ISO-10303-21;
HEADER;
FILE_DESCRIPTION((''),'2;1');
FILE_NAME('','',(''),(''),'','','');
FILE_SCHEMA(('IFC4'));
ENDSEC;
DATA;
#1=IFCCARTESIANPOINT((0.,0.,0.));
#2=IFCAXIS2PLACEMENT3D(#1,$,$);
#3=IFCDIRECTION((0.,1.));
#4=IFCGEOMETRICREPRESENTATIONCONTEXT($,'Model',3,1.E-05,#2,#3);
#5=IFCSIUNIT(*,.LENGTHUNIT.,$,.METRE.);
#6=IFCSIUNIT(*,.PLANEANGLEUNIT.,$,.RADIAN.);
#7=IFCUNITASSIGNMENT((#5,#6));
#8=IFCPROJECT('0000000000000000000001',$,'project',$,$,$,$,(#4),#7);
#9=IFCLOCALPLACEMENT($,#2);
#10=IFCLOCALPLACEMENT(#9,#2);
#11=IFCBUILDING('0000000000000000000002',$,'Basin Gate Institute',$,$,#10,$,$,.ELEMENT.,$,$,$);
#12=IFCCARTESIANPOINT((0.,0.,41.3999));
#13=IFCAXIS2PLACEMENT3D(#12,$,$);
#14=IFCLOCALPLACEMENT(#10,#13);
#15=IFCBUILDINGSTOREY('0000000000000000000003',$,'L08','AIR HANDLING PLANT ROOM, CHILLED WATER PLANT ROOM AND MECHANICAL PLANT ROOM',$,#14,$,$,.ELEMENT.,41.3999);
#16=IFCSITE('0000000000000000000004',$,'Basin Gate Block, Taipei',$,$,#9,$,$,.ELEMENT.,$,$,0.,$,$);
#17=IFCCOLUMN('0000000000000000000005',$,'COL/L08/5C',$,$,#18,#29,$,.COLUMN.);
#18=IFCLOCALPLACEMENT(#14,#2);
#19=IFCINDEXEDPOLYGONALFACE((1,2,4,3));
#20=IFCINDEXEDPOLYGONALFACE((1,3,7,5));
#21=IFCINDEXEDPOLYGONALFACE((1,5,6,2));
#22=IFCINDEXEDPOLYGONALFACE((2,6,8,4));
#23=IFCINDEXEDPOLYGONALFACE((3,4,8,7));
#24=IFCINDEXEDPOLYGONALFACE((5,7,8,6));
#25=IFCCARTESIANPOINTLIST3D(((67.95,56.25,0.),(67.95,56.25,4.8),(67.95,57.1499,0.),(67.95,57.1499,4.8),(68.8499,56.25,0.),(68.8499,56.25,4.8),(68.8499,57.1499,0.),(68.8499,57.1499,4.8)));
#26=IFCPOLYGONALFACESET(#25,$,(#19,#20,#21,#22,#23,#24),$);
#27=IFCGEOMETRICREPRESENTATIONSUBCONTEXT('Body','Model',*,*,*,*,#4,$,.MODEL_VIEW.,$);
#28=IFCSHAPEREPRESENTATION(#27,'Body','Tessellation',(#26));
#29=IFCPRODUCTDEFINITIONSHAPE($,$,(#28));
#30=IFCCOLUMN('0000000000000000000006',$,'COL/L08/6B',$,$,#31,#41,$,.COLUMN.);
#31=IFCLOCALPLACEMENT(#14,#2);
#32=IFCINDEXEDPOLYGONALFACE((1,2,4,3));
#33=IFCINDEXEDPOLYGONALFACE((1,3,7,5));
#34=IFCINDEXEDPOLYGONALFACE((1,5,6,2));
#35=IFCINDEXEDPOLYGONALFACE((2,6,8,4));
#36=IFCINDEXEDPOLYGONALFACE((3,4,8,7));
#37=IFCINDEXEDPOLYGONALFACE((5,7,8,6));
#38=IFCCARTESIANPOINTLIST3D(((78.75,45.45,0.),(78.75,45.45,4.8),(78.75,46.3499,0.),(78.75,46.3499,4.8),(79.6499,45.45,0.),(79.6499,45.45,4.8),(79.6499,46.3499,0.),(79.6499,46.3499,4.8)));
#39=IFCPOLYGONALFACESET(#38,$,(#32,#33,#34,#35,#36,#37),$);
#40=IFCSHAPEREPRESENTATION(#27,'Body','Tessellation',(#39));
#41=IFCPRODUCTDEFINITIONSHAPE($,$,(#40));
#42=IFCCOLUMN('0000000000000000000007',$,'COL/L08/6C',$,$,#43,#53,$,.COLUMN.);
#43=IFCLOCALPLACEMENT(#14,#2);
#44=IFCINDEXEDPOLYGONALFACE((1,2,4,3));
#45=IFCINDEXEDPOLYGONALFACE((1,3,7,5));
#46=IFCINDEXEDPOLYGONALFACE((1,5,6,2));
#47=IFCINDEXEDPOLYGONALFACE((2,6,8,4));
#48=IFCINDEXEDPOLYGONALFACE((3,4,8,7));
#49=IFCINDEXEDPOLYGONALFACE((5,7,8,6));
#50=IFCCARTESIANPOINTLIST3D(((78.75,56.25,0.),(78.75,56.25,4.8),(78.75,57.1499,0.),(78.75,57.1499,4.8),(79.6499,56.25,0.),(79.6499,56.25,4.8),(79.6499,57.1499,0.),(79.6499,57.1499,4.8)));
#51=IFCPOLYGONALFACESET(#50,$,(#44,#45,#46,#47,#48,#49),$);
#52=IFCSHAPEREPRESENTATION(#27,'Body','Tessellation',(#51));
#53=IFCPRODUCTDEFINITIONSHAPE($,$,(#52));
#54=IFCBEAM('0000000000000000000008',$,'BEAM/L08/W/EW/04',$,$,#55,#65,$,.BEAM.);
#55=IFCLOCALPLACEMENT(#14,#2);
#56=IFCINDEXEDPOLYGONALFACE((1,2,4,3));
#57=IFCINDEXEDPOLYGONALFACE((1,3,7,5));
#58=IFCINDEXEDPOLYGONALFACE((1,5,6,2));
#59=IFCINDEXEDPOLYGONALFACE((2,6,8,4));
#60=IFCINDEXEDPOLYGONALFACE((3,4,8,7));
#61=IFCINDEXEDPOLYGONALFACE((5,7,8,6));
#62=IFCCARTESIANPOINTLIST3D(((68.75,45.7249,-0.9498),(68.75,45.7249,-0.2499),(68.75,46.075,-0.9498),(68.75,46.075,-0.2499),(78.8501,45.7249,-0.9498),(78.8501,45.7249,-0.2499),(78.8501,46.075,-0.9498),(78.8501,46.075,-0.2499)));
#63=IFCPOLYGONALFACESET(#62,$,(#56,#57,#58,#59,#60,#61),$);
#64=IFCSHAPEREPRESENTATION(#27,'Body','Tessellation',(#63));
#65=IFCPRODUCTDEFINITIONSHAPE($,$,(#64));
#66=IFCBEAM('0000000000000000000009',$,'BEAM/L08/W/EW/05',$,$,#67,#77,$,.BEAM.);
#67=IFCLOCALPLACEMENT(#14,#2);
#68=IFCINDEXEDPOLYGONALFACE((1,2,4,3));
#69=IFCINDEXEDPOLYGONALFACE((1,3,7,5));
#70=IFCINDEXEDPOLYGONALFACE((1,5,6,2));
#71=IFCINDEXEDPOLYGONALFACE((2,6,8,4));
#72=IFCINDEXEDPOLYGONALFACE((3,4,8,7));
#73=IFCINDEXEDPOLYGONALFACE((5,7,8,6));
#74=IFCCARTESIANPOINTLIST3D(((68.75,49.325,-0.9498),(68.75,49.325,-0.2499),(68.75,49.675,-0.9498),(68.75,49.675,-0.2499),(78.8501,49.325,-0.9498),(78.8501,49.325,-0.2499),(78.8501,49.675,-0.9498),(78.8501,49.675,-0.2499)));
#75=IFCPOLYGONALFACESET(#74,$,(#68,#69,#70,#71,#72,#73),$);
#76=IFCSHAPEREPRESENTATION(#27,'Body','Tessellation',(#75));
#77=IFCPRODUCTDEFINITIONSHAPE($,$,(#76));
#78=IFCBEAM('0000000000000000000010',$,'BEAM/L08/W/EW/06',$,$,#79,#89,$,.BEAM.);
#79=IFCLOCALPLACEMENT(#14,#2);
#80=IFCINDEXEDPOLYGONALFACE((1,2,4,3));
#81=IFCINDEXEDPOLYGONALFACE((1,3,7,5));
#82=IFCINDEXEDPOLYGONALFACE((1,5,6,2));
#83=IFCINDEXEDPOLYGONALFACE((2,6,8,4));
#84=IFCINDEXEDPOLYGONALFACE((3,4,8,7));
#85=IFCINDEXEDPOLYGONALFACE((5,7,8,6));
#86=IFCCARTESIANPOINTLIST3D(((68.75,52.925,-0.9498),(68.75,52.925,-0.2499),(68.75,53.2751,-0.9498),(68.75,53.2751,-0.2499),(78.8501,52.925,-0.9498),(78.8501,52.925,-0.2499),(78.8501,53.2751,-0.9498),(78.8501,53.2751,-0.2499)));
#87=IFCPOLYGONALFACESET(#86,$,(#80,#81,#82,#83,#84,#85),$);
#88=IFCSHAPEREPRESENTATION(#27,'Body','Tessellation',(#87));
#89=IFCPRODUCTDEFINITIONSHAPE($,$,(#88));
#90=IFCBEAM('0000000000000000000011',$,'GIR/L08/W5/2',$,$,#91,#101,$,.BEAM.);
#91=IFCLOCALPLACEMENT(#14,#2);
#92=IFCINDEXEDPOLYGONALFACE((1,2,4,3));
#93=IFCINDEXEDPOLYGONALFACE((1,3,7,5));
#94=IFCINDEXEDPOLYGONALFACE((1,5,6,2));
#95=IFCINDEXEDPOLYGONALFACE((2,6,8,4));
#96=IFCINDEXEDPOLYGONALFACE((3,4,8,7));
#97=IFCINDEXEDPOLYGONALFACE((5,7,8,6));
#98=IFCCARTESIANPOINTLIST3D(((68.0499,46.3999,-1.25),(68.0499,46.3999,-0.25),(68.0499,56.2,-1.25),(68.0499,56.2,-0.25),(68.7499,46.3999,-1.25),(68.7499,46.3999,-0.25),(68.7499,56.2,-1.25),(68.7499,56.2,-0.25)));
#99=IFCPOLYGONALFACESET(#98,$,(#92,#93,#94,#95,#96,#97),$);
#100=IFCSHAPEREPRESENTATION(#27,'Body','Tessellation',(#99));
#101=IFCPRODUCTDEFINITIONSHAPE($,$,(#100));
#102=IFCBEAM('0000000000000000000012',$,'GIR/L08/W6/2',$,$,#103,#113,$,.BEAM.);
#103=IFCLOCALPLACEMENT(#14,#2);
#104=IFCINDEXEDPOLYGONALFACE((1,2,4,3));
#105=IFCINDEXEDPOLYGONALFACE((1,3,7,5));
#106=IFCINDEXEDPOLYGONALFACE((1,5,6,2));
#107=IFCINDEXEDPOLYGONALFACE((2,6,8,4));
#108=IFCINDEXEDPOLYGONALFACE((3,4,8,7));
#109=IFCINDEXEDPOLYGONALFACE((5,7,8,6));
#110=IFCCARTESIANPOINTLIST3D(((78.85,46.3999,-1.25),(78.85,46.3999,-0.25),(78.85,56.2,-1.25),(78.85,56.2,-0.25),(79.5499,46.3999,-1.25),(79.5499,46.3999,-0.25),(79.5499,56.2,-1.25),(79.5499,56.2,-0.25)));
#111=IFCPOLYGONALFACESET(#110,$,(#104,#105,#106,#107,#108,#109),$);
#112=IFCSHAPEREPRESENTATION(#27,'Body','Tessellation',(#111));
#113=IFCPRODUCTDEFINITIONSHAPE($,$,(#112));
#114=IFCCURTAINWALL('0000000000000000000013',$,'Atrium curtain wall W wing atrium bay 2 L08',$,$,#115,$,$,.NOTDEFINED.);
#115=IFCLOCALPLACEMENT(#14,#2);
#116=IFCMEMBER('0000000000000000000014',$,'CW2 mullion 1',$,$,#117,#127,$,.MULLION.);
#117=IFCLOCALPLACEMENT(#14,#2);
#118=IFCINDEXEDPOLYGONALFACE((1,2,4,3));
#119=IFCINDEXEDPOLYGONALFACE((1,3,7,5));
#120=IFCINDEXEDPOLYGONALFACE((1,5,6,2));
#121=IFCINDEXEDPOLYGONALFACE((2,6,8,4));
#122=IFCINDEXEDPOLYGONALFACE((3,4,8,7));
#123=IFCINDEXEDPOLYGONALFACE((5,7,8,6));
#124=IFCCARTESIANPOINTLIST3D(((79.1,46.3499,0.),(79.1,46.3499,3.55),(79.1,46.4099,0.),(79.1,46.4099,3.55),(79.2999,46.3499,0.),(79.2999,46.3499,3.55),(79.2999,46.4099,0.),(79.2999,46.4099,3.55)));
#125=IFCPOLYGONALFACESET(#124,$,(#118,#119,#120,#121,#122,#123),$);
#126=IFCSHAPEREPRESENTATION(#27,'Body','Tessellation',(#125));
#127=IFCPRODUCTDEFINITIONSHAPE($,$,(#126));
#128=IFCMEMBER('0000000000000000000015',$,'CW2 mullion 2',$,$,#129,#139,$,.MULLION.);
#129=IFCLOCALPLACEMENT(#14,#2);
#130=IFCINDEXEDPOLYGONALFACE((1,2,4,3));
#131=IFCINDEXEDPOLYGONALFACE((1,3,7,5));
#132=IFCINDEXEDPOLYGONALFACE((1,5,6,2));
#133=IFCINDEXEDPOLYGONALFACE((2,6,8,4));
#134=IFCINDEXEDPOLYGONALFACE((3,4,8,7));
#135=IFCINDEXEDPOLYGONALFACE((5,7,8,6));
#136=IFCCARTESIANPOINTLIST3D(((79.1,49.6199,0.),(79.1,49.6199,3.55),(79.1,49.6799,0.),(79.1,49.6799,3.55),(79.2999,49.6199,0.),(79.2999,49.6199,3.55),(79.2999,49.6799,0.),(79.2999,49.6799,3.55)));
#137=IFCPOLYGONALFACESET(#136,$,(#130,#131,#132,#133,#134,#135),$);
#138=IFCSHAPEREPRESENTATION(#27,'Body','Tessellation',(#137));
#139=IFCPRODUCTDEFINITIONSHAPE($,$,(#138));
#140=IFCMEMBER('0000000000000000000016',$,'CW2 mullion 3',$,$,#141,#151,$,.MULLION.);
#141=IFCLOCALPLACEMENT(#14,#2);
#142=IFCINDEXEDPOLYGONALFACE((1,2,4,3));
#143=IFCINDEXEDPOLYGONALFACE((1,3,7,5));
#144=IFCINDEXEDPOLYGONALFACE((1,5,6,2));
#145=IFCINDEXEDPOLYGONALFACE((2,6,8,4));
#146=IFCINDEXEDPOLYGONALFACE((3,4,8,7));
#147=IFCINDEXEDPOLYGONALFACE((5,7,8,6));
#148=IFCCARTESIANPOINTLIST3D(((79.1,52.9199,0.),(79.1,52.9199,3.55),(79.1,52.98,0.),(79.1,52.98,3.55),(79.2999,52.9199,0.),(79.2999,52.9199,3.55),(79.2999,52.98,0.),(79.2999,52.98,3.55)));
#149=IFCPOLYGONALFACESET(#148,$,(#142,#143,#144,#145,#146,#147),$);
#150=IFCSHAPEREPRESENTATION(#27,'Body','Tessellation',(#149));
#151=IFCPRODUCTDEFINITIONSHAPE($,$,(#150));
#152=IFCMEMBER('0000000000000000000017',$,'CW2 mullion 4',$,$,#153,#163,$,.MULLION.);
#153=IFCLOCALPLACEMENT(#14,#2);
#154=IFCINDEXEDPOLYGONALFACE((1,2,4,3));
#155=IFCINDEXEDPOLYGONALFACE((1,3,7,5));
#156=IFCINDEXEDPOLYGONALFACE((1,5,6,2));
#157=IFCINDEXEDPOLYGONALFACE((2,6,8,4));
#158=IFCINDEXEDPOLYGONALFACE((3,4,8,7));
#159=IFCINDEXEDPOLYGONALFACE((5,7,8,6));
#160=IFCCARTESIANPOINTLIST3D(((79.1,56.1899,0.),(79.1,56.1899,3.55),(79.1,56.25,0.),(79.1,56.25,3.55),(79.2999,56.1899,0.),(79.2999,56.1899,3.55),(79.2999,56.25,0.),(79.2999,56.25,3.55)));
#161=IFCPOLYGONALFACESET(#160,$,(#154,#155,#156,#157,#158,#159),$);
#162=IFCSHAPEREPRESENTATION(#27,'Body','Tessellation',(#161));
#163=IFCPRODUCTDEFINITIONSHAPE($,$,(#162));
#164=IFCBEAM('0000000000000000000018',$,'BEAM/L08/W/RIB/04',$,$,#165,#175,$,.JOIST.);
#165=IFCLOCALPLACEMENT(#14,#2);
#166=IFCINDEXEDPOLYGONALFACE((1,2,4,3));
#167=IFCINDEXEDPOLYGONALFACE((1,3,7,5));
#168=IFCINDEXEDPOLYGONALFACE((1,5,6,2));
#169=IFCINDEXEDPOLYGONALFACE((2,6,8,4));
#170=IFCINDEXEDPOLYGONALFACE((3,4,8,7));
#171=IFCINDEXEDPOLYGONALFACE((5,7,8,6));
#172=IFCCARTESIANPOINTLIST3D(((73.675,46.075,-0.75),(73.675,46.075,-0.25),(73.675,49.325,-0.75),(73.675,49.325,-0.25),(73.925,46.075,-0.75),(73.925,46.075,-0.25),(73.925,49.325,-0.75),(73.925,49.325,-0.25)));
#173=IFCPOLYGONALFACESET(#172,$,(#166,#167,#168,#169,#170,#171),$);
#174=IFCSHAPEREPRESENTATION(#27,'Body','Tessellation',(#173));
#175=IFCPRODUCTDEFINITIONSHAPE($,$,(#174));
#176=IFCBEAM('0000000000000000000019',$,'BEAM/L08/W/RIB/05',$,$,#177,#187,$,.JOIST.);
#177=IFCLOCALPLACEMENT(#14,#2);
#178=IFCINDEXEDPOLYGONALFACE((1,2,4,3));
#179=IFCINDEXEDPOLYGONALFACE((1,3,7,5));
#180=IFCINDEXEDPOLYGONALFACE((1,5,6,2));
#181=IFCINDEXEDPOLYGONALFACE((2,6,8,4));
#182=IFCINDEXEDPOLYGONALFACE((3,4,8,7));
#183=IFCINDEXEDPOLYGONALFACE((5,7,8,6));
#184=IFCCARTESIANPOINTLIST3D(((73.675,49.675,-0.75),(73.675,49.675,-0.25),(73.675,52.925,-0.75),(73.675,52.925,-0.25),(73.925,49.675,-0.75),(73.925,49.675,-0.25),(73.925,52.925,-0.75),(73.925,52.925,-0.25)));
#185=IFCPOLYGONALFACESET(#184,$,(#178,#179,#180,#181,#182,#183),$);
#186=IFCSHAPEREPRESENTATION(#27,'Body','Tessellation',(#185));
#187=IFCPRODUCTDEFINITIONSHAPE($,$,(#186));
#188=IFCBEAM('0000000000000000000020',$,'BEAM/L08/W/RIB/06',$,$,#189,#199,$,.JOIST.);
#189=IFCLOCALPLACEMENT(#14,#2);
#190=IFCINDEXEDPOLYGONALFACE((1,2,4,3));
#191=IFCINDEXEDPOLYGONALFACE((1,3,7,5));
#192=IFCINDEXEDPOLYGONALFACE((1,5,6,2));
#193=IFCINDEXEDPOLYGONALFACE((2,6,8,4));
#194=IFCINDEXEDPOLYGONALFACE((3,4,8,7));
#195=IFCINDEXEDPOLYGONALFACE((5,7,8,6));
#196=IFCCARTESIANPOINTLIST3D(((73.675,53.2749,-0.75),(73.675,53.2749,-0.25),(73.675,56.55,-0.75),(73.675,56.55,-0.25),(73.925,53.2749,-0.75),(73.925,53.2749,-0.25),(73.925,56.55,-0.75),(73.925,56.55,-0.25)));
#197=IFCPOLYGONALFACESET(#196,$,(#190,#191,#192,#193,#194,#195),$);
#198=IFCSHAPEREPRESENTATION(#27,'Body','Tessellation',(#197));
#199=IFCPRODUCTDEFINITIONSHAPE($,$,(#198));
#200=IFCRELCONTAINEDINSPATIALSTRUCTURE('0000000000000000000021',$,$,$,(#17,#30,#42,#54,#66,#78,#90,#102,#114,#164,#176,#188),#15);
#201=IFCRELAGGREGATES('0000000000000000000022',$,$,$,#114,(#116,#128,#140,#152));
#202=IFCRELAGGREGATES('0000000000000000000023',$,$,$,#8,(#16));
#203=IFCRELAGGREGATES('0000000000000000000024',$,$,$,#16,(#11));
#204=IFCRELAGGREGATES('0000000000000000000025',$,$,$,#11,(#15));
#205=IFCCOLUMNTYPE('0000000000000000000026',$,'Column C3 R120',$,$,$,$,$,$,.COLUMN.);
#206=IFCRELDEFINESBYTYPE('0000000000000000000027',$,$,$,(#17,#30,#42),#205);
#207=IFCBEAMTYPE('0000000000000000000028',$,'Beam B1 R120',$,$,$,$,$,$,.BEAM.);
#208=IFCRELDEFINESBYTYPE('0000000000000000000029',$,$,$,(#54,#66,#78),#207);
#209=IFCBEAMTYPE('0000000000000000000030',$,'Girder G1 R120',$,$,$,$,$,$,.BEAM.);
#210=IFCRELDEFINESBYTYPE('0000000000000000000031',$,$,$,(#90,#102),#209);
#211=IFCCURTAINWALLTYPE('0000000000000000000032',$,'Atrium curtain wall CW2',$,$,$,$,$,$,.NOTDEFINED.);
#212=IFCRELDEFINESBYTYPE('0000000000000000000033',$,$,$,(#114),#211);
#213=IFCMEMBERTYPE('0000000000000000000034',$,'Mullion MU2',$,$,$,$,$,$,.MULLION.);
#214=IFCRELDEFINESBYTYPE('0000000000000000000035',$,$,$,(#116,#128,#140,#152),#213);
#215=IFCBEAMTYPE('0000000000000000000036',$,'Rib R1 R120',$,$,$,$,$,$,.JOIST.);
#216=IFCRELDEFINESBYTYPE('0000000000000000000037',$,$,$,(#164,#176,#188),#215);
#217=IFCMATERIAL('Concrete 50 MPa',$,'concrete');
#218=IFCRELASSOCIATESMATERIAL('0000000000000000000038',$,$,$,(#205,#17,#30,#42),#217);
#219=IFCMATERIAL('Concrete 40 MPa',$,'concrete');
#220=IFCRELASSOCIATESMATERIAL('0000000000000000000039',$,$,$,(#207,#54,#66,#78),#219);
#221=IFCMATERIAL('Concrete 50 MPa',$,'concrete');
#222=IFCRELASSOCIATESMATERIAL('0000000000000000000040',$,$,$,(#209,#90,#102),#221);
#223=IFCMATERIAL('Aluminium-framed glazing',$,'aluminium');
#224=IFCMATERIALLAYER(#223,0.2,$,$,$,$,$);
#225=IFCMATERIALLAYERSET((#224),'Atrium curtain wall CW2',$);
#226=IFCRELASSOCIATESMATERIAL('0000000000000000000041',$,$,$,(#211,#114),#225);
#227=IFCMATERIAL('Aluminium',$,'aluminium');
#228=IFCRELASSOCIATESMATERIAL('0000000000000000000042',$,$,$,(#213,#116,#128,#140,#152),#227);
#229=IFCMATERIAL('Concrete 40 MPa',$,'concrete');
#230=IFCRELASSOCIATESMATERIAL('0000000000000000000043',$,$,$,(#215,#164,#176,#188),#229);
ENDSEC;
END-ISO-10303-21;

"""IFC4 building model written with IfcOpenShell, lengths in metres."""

from ifc_helpers import new_model, si_unit, direction, frame, origin, origin_2d, place, context, subcontext, project, spatial, rectangle, extrude, material, layer, layer_set, material_profile, profile_set, type_object, element, aggregate, save


model = new_model("IFC4")

# Units and contexts
model_context = context("Model", 3, precision=1e-05, world=origin(), true_north=direction((0.0, 1.0)))
body_context = subcontext(model_context, "Body", "Model", "MODEL_VIEW")
ifc_project = project(units=[si_unit("LENGTHUNIT", "METRE"), si_unit("PLANEANGLEUNIT", "RADIAN")], contexts=[model_context])

# Site, building, storey
site_placement = place(None, origin())
site = spatial("IfcSite", under=ifc_project, at=site_placement, Name="Basin Gate Block, Taipei", CompositionType="ELEMENT", RefElevation=0.0)
building_placement = place(site_placement, origin())
building = spatial("IfcBuilding", under=site, at=building_placement, Name="Basin Gate Institute", CompositionType="ELEMENT")
storey_placement = place(building_placement, frame((0.0, 0.0, 41.3999)))
storey = spatial("IfcBuildingStorey", under=building, at=storey_placement, Name="L08", Description="AIR HANDLING PLANT ROOM, CHILLED WATER PLANT ROOM AND MECHANICAL PLANT ROOM", CompositionType="ELEMENT", Elevation=41.3999)

# Columns
ifc_material_1 = material(Name="Concrete 50 MPa", Category="concrete")
ifc_material_profile_1 = material_profile(ifc_material_1, rectangle(XDim=0.8999, YDim=0.8999, at=origin_2d()), Name="Column C3 900 x 900")
ifc_profile_set_1 = profile_set([ifc_material_profile_1], Name="Concrete 50 MPa")
column_type = type_object("IfcColumnType", Name="Column C3 R120", PredefinedType="COLUMN", material=ifc_profile_set_1)
for number, where, z_axis, x_axis, name in (
    (1, (68.3999, 56.7, 0.0), (0.0, 0.0, 1.0), (1.0, 0.0, 0.0), "COL/L08/5C"),
    (2, (79.2, 45.8999, 0.0), (0.0, 0.0, 1.0), (1.0, 0.0, 0.0), "COL/L08/6B"),
    (3, (79.2, 56.7, 0.0), (0.0, 0.0, 1.0), (1.0, 0.0, 0.0), "COL/L08/6C"),
):
    element("IfcColumn", number, at=place(storey_placement, frame(where, z_axis=z_axis, x_axis=x_axis)), inside=storey, type_object=column_type, material=ifc_profile_set_1, Name=name, PredefinedType="COLUMN", context=body_context, shape_type="SweptSolid", body=[
        extrude(rectangle(XDim=0.8999, YDim=0.8999, at=origin_2d()), origin(), (0.0, 0.0, 1.0), 4.8),
    ])

# Beams
ifc_material_2 = material(Name="Concrete 40 MPa", Category="concrete")
ifc_material_profile_2 = material_profile(ifc_material_2, rectangle(XDim=0.3501, YDim=0.7, at=origin_2d()), Name="Beam B1 350 x 700")
ifc_profile_set_2 = profile_set([ifc_material_profile_2], Name="Concrete 40 MPa")
beam_type_1 = type_object("IfcBeamType", Name="Beam B1 R120", PredefinedType="BEAM", material=ifc_profile_set_2)
for number, where, z_axis, x_axis, name in (
    (4, (68.75, 45.8999, -0.5999), (1.0, 0.0, 0.0), (0.0, 1.0, 0.0), "BEAM/L08/W/EW/04"),
    (5, (68.75, 49.5, -0.5999), (1.0, 0.0, 0.0), (0.0, 1.0, 0.0), "BEAM/L08/W/EW/05"),
    (6, (68.75, 53.1001, -0.5999), (1.0, 0.0, 0.0), (0.0, 1.0, 0.0), "BEAM/L08/W/EW/06"),
):
    element("IfcBeam", number, at=place(storey_placement, frame(where, z_axis=z_axis, x_axis=x_axis)), inside=storey, type_object=beam_type_1, material=ifc_profile_set_2, Name=name, PredefinedType="BEAM", context=body_context, shape_type="SweptSolid", body=[
        extrude(rectangle(XDim=0.3501, YDim=0.7, at=origin_2d()), origin(), (0.0, 0.0, 1.0), 10.1001),
    ])
ifc_material_3 = material(Name="Concrete 50 MPa", Category="concrete")
ifc_material_profile_3 = material_profile(ifc_material_3, rectangle(XDim=0.7, YDim=1.0, at=origin_2d()), Name="Girder G1 700 x 1000")
ifc_profile_set_3 = profile_set([ifc_material_profile_3], Name="Concrete 50 MPa")
beam_type_2 = type_object("IfcBeamType", Name="Girder G1 R120", PredefinedType="BEAM", material=ifc_profile_set_3)
for number, where, z_axis, x_axis, name in (
    (7, (68.3999, 46.3999, -0.75), (0.0, 1.0, 0.0), (-1.0, 0.0, 0.0), "GIR/L08/W5/2"),
    (8, (79.2, 46.3999, -0.75), (0.0, 1.0, 0.0), (-1.0, 0.0, 0.0), "GIR/L08/W6/2"),
):
    element("IfcBeam", number, at=place(storey_placement, frame(where, z_axis=z_axis, x_axis=x_axis)), inside=storey, type_object=beam_type_2, material=ifc_profile_set_3, Name=name, PredefinedType="BEAM", context=body_context, shape_type="SweptSolid", body=[
        extrude(rectangle(XDim=0.7, YDim=1.0, at=origin_2d()), origin(), (0.0, 0.0, 1.0), 9.8),
    ])

# Curtain wall, members
ifc_material_4 = material(Name="Aluminium-framed glazing", Category="aluminium")
ifc_layer_1 = layer(ifc_material_4, 0.2)
ifc_layer_set_1 = layer_set([ifc_layer_1], Name="Atrium curtain wall CW2")
curtain_wall_type = type_object("IfcCurtainWallType", Name="Atrium curtain wall CW2", PredefinedType="NOTDEFINED", material=ifc_layer_set_1)
curtain_wall_placement = place(storey_placement, origin())
curtain_wall = element("IfcCurtainWall", 9, at=curtain_wall_placement, inside=storey, type_object=curtain_wall_type, material=ifc_layer_set_1, Name="Atrium curtain wall W wing atrium bay 2 L08", PredefinedType="NOTDEFINED")
ifc_material_5 = material(Name="Aluminium", Category="aluminium")
ifc_material_profile_4 = material_profile(ifc_material_5, rectangle(XDim=0.2, YDim=0.0601, at=origin_2d()), Name="Mullion MU2 200 x 60")
ifc_profile_set_4 = profile_set([ifc_material_profile_4], Name="Aluminium")
member_type_1 = type_object("IfcMemberType", Name="Mullion MU2", PredefinedType="MULLION", material=ifc_profile_set_4)
member_1_placement = place(storey_placement, frame((79.2, 46.3799, 0.0), z_axis=(0.0, 0.0, 1.0), x_axis=(-1.0, 0.0, 0.0)))
member_1 = element("IfcMember", 10, at=member_1_placement, type_object=member_type_1, material=ifc_profile_set_4, Name="CW2 mullion 1", PredefinedType="MULLION", context=body_context, shape_type="SweptSolid", body=[
    extrude(rectangle(XDim=0.2, YDim=0.0601, at=origin_2d()), origin(), (0.0, 0.0, 1.0), 3.55),
])
member_2_placement = place(storey_placement, frame((79.2, 49.6499, 0.0), z_axis=(0.0, 0.0, 1.0), x_axis=(-1.0, 0.0, 0.0)))
member_2 = element("IfcMember", 11, at=member_2_placement, type_object=member_type_1, material=ifc_profile_set_4, Name="CW2 mullion 2", PredefinedType="MULLION", context=body_context, shape_type="SweptSolid", body=[
    extrude(rectangle(XDim=0.2, YDim=0.0601, at=origin_2d()), origin(), (0.0, 0.0, 1.0), 3.55),
])
member_3_placement = place(storey_placement, frame((79.2, 52.95, 0.0), z_axis=(0.0, 0.0, 1.0), x_axis=(-1.0, 0.0, 0.0)))
member_3 = element("IfcMember", 12, at=member_3_placement, type_object=member_type_1, material=ifc_profile_set_4, Name="CW2 mullion 3", PredefinedType="MULLION", context=body_context, shape_type="SweptSolid", body=[
    extrude(rectangle(XDim=0.2, YDim=0.0601, at=origin_2d()), origin(), (0.0, 0.0, 1.0), 3.55),
])
member_4_placement = place(storey_placement, frame((79.2, 56.22, 0.0), z_axis=(0.0, 0.0, 1.0), x_axis=(-1.0, 0.0, 0.0)))
member_4 = element("IfcMember", 13, at=member_4_placement, type_object=member_type_1, material=ifc_profile_set_4, Name="CW2 mullion 4", PredefinedType="MULLION", context=body_context, shape_type="SweptSolid", body=[
    extrude(rectangle(XDim=0.2, YDim=0.0601, at=origin_2d()), origin(), (0.0, 0.0, 1.0), 3.55),
])

# Beams
ifc_material_6 = material(Name="Concrete 40 MPa", Category="concrete")
ifc_material_profile_5 = material_profile(ifc_material_6, rectangle(XDim=0.25, YDim=0.5, at=origin_2d()), Name="Rib R1 250 x 500")
ifc_profile_set_5 = profile_set([ifc_material_profile_5], Name="Concrete 40 MPa")
beam_type_3 = type_object("IfcBeamType", Name="Rib R1 R120", PredefinedType="JOIST", material=ifc_profile_set_5)
for number, where, z_axis, x_axis, name in (
    (14, (73.8, 46.075, -0.5), (0.0, 1.0, 0.0), (-1.0, 0.0, 0.0), "BEAM/L08/W/RIB/04"),
    (15, (73.8, 49.675, -0.5), (0.0, 1.0, 0.0), (-1.0, 0.0, 0.0), "BEAM/L08/W/RIB/05"),
):
    element("IfcBeam", number, at=place(storey_placement, frame(where, z_axis=z_axis, x_axis=x_axis)), inside=storey, type_object=beam_type_3, material=ifc_profile_set_5, Name=name, PredefinedType="JOIST", context=body_context, shape_type="SweptSolid", body=[
        extrude(rectangle(XDim=0.25, YDim=0.5, at=origin_2d()), origin(), (0.0, 0.0, 1.0), 3.25),
    ])
beam_1_placement = place(storey_placement, frame((73.8, 53.2749, -0.5), z_axis=(0.0, 1.0, 0.0), x_axis=(-1.0, 0.0, 0.0)))
element("IfcBeam", 16, at=beam_1_placement, inside=storey, type_object=beam_type_3, material=ifc_profile_set_5, Name="BEAM/L08/W/RIB/06", PredefinedType="JOIST", context=body_context, shape_type="SweptSolid", body=[
    extrude(rectangle(XDim=0.25, YDim=0.5, at=origin_2d()), origin(), (0.0, 0.0, 1.0), 3.2751),
])

aggregate(curtain_wall, [member_1, member_2, member_3, member_4])

save(model, "model.ifc")
